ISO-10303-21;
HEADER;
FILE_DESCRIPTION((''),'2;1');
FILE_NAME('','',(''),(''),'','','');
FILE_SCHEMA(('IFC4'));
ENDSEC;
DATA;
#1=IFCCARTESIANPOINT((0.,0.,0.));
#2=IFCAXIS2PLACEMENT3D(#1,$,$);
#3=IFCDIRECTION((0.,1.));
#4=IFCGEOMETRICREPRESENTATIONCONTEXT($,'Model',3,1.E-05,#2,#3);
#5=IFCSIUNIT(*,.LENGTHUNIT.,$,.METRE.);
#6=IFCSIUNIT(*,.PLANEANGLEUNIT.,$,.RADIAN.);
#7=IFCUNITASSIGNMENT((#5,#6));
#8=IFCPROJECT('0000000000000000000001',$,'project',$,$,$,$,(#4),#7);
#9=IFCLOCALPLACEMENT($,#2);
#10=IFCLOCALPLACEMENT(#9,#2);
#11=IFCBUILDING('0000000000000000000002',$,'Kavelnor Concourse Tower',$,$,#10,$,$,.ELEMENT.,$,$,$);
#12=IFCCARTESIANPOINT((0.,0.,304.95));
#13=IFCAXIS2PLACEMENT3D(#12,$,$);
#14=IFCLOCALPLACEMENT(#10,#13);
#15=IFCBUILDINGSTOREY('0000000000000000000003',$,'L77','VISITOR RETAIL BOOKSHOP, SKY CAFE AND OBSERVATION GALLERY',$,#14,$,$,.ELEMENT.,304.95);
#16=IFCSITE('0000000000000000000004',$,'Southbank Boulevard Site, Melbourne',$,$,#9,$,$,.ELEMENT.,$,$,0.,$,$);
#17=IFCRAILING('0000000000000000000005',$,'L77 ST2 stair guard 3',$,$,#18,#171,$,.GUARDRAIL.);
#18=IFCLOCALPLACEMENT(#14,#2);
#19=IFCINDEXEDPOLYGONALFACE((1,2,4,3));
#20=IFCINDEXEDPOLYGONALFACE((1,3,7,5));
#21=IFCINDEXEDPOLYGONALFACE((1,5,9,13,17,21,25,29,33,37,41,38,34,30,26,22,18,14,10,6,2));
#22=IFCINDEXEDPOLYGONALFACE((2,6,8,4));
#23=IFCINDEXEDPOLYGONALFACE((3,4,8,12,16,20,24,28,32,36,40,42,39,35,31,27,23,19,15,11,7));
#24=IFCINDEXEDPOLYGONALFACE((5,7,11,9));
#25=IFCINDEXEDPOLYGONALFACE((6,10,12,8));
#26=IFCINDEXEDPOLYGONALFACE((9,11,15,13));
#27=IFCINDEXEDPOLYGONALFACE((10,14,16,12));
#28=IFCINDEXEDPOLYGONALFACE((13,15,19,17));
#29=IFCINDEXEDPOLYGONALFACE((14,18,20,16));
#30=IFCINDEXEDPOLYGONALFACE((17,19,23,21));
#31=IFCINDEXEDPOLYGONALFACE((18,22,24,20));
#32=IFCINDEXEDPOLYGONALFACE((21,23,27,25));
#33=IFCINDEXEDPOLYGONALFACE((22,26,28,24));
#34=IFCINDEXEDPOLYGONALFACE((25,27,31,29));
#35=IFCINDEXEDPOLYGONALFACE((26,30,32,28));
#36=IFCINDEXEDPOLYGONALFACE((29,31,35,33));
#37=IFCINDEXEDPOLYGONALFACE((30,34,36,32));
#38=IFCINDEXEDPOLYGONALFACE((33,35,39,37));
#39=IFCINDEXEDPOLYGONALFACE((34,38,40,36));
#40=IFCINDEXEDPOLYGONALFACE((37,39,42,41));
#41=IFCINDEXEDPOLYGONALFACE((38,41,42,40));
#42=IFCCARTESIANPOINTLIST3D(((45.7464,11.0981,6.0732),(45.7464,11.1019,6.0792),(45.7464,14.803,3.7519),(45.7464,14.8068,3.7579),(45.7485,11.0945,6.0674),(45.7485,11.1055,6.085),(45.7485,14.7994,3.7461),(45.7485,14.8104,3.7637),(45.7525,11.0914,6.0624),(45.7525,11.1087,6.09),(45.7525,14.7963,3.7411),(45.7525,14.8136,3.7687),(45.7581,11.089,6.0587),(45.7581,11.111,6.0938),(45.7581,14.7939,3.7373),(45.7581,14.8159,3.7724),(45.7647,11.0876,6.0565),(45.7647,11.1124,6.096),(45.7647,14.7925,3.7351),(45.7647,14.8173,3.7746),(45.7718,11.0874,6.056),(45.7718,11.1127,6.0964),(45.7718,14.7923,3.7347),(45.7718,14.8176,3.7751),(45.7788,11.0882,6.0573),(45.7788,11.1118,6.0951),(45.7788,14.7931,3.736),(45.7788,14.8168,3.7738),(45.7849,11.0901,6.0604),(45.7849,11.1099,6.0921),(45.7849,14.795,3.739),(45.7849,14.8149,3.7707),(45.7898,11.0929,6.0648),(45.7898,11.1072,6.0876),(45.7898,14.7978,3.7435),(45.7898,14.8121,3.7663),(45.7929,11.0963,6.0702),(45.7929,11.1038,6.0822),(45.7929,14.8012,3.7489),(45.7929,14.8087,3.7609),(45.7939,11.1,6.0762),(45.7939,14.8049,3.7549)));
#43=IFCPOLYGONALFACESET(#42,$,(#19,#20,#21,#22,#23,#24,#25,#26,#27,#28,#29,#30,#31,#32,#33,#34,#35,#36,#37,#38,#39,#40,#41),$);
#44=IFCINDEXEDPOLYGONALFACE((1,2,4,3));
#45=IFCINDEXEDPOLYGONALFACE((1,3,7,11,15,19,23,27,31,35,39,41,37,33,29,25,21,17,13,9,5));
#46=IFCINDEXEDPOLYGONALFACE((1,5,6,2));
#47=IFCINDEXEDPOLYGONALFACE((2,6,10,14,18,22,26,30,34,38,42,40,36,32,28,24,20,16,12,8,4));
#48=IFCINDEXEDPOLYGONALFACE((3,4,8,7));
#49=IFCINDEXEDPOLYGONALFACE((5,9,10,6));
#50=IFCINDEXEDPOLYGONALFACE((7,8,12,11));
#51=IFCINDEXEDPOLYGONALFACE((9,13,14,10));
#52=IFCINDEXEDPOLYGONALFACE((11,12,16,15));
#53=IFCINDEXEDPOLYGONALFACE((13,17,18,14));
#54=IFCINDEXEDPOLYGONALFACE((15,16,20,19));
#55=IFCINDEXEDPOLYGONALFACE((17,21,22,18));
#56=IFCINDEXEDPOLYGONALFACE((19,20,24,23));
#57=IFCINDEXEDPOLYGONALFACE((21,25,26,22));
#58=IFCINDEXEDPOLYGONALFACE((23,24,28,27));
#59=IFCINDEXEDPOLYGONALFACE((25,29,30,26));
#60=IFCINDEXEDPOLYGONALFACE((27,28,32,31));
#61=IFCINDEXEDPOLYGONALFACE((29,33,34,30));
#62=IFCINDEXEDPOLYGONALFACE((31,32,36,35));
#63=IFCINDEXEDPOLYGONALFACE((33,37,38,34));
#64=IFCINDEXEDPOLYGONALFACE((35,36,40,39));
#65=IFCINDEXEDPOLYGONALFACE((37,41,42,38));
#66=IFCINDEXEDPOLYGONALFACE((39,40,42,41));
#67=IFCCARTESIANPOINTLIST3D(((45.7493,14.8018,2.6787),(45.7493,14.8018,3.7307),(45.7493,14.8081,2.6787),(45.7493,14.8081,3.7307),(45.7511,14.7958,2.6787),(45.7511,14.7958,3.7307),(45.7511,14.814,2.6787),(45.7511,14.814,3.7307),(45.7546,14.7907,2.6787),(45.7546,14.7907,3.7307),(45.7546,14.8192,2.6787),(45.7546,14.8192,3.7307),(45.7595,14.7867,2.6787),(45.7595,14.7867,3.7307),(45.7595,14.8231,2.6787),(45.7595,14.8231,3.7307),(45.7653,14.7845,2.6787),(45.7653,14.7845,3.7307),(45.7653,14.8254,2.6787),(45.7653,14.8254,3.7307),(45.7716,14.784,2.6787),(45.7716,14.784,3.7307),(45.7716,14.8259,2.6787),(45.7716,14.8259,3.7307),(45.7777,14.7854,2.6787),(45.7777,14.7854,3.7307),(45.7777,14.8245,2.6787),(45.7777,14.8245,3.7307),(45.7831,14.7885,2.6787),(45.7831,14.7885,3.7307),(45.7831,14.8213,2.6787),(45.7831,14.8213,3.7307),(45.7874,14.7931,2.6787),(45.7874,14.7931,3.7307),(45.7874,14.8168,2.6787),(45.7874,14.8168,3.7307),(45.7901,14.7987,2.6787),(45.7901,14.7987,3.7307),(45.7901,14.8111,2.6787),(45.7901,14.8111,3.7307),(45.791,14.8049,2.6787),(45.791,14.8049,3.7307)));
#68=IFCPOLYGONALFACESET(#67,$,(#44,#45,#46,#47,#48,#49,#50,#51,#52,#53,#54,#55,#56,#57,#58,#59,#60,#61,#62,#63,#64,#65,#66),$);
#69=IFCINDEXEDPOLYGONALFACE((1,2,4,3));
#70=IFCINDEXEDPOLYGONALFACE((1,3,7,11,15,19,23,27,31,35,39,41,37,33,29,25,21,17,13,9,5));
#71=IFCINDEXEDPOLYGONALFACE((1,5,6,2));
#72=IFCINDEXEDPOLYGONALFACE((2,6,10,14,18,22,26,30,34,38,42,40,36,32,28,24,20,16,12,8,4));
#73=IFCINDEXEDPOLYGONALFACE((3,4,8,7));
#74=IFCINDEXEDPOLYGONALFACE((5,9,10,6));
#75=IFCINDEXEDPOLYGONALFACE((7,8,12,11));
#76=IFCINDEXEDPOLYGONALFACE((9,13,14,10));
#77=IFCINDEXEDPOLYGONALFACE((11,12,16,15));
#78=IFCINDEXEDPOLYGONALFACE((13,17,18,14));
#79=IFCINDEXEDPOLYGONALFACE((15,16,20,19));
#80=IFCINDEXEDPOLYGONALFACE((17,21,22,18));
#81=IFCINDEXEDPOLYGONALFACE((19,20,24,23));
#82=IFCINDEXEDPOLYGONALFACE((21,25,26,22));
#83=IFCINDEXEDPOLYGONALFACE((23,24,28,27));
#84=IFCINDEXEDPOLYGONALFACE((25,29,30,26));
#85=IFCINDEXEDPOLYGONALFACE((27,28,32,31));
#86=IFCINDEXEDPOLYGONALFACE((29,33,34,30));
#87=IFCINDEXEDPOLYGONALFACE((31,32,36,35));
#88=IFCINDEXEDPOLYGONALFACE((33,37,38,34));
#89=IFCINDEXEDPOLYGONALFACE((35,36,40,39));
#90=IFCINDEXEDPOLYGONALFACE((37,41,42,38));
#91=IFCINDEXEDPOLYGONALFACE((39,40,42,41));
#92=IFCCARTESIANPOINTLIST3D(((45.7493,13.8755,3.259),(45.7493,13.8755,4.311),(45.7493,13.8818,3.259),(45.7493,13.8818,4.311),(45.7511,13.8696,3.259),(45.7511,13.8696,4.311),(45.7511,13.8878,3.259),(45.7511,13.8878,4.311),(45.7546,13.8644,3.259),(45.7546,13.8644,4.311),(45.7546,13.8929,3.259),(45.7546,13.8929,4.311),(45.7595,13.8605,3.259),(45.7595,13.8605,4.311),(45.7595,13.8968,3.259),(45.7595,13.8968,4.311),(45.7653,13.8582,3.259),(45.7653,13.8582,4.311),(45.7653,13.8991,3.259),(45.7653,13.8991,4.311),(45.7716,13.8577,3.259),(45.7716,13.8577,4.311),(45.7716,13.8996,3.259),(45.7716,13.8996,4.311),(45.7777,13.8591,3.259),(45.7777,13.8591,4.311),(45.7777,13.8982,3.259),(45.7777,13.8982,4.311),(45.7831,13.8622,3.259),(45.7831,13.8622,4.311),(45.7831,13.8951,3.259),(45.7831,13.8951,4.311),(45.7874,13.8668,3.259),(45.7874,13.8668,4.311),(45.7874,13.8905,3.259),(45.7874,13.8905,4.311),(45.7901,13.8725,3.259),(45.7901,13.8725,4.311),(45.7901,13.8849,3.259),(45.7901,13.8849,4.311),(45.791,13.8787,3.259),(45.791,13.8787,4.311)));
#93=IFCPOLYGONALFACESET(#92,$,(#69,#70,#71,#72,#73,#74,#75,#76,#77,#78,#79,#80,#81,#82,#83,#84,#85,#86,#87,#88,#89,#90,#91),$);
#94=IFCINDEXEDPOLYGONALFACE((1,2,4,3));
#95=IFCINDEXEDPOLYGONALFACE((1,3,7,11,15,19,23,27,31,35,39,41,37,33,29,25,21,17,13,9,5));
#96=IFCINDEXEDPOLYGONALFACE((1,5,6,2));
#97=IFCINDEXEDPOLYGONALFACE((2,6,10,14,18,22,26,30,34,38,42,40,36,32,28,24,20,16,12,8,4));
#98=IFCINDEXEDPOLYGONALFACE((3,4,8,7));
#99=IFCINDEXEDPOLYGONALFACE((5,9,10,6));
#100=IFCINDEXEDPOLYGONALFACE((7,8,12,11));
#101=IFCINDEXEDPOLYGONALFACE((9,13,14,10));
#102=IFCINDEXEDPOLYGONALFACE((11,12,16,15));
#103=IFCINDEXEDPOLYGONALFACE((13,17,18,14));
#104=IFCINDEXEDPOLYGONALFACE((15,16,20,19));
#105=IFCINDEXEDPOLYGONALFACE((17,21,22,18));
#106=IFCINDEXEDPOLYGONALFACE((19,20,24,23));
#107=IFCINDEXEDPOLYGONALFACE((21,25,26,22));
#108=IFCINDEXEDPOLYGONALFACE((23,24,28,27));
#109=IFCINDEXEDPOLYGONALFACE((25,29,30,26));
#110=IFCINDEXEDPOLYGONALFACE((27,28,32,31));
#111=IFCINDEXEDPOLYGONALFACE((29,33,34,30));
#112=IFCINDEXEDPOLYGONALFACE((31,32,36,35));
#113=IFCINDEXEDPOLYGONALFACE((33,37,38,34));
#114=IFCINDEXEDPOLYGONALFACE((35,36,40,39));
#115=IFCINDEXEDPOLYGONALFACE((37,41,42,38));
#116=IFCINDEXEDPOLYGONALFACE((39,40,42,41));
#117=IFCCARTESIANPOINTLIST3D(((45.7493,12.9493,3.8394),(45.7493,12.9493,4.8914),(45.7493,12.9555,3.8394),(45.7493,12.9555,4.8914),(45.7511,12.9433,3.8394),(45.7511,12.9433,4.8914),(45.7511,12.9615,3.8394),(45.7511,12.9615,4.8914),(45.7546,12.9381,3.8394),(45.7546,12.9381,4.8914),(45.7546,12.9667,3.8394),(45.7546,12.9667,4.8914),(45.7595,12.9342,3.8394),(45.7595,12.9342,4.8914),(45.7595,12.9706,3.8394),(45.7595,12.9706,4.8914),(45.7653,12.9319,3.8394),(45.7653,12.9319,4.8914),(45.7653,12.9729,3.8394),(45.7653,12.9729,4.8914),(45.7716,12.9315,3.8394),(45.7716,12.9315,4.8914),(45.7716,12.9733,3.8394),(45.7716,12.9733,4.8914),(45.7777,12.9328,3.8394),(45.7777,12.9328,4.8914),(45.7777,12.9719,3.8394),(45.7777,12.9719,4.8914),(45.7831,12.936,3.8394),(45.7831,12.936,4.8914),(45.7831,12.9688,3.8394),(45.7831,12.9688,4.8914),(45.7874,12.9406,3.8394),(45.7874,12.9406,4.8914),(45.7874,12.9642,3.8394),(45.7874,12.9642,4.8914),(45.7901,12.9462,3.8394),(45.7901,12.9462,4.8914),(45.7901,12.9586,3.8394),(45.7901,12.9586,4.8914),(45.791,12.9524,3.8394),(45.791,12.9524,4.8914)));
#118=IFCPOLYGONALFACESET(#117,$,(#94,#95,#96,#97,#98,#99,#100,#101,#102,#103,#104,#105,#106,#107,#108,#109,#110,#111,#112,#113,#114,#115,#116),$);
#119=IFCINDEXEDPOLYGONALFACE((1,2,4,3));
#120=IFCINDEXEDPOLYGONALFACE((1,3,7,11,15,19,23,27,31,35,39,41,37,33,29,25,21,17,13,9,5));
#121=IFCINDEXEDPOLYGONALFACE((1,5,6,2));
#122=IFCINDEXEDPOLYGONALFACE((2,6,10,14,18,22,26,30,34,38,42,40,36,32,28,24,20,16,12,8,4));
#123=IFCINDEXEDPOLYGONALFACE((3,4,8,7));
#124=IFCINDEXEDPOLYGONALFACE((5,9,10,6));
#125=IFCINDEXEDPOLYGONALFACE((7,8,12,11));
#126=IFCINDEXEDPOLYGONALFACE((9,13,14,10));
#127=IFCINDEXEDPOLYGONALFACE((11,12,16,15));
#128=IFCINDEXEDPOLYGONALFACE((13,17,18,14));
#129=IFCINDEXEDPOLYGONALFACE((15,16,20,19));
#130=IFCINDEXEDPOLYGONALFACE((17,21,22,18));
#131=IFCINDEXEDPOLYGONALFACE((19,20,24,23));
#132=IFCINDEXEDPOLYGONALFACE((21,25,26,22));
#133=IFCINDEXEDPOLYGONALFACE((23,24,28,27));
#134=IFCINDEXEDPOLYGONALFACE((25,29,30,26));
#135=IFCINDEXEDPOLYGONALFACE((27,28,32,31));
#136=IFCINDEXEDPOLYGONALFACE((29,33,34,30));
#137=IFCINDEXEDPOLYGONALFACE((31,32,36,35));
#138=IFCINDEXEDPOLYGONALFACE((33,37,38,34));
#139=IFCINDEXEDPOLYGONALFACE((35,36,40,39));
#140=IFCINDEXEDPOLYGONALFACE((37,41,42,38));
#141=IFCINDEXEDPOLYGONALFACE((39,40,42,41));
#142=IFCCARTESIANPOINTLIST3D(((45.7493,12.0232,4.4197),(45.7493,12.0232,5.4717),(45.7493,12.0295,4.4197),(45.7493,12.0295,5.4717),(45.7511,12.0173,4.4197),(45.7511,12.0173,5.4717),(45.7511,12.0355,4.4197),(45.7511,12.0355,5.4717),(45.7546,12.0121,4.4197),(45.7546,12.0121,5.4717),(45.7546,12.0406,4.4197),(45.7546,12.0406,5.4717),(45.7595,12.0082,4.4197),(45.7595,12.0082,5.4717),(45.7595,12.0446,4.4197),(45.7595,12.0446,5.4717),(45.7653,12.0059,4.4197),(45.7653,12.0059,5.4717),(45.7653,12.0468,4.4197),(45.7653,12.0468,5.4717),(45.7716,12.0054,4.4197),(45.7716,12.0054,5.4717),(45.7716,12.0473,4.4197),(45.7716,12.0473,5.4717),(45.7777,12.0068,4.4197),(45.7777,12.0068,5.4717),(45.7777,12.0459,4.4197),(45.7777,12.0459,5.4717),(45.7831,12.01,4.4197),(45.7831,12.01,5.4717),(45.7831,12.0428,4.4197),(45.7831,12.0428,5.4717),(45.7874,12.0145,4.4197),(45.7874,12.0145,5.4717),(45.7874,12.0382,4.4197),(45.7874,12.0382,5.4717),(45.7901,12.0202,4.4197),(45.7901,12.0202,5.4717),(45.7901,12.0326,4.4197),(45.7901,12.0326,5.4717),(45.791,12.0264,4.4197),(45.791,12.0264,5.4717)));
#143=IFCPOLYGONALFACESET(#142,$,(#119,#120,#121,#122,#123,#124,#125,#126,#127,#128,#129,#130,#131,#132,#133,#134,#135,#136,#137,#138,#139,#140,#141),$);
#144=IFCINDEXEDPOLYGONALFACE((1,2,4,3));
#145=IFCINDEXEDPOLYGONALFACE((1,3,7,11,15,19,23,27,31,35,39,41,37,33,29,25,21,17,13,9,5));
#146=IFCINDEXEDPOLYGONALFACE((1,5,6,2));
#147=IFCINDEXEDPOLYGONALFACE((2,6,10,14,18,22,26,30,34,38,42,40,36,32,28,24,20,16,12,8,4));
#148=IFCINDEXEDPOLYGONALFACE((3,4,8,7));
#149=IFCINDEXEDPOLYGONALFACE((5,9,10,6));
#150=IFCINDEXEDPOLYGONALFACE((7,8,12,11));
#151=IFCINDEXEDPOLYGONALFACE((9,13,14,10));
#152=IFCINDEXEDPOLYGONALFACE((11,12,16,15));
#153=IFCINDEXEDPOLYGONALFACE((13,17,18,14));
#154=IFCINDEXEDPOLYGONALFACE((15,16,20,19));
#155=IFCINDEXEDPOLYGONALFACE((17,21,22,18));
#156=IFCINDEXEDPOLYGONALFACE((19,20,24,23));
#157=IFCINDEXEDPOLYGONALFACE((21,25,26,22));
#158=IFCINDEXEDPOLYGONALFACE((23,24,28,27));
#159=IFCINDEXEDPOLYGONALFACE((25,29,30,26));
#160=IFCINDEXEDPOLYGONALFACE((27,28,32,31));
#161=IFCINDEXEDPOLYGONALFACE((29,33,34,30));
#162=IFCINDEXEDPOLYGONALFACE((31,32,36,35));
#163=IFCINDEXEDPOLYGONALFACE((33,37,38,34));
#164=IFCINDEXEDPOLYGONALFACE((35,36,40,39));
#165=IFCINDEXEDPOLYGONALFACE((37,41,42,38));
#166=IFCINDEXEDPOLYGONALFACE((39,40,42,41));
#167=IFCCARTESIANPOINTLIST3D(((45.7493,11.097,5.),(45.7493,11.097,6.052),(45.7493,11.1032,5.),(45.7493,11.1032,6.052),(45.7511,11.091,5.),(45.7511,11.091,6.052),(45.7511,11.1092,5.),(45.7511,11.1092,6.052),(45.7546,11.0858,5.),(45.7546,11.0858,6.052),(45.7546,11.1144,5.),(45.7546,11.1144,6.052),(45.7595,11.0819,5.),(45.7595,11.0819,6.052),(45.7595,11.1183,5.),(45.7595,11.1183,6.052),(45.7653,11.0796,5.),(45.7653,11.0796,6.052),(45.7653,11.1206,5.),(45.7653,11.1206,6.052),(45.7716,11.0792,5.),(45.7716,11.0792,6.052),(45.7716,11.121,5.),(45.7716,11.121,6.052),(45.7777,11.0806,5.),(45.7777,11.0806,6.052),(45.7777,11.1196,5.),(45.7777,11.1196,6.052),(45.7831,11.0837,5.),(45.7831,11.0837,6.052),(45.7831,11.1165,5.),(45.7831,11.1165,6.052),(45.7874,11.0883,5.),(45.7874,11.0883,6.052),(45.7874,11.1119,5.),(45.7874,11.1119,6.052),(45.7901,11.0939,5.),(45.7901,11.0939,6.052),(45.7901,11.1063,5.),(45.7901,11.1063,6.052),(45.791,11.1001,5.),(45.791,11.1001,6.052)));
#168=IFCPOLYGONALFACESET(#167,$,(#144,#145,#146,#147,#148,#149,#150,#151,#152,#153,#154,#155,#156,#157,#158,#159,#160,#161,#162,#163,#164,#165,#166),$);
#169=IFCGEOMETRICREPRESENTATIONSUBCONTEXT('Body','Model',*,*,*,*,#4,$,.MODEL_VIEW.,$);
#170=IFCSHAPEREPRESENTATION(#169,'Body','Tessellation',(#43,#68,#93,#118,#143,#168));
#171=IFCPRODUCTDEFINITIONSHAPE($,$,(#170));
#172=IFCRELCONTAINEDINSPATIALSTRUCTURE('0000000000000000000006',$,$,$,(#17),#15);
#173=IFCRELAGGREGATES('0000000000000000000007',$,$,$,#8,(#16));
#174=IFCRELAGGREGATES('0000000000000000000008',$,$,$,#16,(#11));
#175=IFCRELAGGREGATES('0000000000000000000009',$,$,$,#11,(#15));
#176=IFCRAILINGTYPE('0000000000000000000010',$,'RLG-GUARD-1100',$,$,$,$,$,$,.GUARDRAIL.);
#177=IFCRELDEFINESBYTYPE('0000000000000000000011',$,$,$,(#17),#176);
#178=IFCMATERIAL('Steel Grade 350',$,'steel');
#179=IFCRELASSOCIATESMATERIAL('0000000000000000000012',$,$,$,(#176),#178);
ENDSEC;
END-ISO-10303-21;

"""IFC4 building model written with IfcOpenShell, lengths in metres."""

from ifc_helpers import new_model, si_unit, direction, frame, origin, origin_2d, place, context, subcontext, project, spatial, circle, extrude, material, type_object, element, save


model = new_model("IFC4")

# Units and contexts
model_context = context("Model", 3, precision=1e-05, world=origin(), true_north=direction((0.0, 1.0)))
body_context = subcontext(model_context, "Body", "Model", "MODEL_VIEW")
ifc_project = project(units=[si_unit("LENGTHUNIT", "METRE"), si_unit("PLANEANGLEUNIT", "RADIAN")], contexts=[model_context])

# Site, building, storey
site_placement = place(None, origin())
site = spatial("IfcSite", under=ifc_project, at=site_placement, Name="Southbank Boulevard Site, Melbourne", CompositionType="ELEMENT", RefElevation=0.0)
building_placement = place(site_placement, origin())
building = spatial("IfcBuilding", under=site, at=building_placement, Name="Kavelnor Concourse Tower", CompositionType="ELEMENT")
storey_placement = place(building_placement, frame((0.0, 0.0, 304.95)))
storey = spatial("IfcBuildingStorey", under=building, at=storey_placement, Name="L77", Description="VISITOR RETAIL BOOKSHOP, SKY CAFE AND OBSERVATION GALLERY", CompositionType="ELEMENT", Elevation=304.95)

# Shared definitions
ifc_material_1 = material(Name="Steel Grade 350", Category="steel")

# Railing
railing_type_1 = type_object("IfcRailingType", Name="RLG-GUARD-1100", PredefinedType="GUARDRAIL", material=ifc_material_1)
railing_1_placement = place(storey_placement, frame((45.77, 14.8049, 2.6787)))
element("IfcRailing", 1, at=railing_1_placement, inside=storey, type_object=railing_type_1, Name="L77 ST2 stair guard 3", PredefinedType="GUARDRAIL", context=body_context, shape_type="SweptSolid", body=[
    extrude(circle(Radius=0.0239, at=origin_2d()), frame((0.0, 0.0, 1.0762), z_axis=(0.0, -0.847405, 0.530947), x_axis=(1.0, 0.0, 0.0)), (0.0, 0.0, 1.0), 4.3721),
    extrude(circle(Radius=0.021, at=origin_2d()), origin(), (0.0, 0.0, 1.0), 1.052),
    extrude(circle(Radius=0.021, at=origin_2d()), frame((0.0, -0.9263, 0.5803)), (0.0, 0.0, 1.0), 1.052),
    extrude(circle(Radius=0.021, at=origin_2d()), frame((0.0, -1.8525, 1.1606)), (0.0, 0.0, 1.0), 1.052),
    extrude(circle(Radius=0.021, at=origin_2d()), frame((0.0, -2.7786, 1.741)), (0.0, 0.0, 1.0), 1.052),
    extrude(circle(Radius=0.021, at=origin_2d()), frame((0.0, -3.7048, 2.3213)), (0.0, 0.0, 1.0), 1.052),
])

save(model, "model.ifc")
